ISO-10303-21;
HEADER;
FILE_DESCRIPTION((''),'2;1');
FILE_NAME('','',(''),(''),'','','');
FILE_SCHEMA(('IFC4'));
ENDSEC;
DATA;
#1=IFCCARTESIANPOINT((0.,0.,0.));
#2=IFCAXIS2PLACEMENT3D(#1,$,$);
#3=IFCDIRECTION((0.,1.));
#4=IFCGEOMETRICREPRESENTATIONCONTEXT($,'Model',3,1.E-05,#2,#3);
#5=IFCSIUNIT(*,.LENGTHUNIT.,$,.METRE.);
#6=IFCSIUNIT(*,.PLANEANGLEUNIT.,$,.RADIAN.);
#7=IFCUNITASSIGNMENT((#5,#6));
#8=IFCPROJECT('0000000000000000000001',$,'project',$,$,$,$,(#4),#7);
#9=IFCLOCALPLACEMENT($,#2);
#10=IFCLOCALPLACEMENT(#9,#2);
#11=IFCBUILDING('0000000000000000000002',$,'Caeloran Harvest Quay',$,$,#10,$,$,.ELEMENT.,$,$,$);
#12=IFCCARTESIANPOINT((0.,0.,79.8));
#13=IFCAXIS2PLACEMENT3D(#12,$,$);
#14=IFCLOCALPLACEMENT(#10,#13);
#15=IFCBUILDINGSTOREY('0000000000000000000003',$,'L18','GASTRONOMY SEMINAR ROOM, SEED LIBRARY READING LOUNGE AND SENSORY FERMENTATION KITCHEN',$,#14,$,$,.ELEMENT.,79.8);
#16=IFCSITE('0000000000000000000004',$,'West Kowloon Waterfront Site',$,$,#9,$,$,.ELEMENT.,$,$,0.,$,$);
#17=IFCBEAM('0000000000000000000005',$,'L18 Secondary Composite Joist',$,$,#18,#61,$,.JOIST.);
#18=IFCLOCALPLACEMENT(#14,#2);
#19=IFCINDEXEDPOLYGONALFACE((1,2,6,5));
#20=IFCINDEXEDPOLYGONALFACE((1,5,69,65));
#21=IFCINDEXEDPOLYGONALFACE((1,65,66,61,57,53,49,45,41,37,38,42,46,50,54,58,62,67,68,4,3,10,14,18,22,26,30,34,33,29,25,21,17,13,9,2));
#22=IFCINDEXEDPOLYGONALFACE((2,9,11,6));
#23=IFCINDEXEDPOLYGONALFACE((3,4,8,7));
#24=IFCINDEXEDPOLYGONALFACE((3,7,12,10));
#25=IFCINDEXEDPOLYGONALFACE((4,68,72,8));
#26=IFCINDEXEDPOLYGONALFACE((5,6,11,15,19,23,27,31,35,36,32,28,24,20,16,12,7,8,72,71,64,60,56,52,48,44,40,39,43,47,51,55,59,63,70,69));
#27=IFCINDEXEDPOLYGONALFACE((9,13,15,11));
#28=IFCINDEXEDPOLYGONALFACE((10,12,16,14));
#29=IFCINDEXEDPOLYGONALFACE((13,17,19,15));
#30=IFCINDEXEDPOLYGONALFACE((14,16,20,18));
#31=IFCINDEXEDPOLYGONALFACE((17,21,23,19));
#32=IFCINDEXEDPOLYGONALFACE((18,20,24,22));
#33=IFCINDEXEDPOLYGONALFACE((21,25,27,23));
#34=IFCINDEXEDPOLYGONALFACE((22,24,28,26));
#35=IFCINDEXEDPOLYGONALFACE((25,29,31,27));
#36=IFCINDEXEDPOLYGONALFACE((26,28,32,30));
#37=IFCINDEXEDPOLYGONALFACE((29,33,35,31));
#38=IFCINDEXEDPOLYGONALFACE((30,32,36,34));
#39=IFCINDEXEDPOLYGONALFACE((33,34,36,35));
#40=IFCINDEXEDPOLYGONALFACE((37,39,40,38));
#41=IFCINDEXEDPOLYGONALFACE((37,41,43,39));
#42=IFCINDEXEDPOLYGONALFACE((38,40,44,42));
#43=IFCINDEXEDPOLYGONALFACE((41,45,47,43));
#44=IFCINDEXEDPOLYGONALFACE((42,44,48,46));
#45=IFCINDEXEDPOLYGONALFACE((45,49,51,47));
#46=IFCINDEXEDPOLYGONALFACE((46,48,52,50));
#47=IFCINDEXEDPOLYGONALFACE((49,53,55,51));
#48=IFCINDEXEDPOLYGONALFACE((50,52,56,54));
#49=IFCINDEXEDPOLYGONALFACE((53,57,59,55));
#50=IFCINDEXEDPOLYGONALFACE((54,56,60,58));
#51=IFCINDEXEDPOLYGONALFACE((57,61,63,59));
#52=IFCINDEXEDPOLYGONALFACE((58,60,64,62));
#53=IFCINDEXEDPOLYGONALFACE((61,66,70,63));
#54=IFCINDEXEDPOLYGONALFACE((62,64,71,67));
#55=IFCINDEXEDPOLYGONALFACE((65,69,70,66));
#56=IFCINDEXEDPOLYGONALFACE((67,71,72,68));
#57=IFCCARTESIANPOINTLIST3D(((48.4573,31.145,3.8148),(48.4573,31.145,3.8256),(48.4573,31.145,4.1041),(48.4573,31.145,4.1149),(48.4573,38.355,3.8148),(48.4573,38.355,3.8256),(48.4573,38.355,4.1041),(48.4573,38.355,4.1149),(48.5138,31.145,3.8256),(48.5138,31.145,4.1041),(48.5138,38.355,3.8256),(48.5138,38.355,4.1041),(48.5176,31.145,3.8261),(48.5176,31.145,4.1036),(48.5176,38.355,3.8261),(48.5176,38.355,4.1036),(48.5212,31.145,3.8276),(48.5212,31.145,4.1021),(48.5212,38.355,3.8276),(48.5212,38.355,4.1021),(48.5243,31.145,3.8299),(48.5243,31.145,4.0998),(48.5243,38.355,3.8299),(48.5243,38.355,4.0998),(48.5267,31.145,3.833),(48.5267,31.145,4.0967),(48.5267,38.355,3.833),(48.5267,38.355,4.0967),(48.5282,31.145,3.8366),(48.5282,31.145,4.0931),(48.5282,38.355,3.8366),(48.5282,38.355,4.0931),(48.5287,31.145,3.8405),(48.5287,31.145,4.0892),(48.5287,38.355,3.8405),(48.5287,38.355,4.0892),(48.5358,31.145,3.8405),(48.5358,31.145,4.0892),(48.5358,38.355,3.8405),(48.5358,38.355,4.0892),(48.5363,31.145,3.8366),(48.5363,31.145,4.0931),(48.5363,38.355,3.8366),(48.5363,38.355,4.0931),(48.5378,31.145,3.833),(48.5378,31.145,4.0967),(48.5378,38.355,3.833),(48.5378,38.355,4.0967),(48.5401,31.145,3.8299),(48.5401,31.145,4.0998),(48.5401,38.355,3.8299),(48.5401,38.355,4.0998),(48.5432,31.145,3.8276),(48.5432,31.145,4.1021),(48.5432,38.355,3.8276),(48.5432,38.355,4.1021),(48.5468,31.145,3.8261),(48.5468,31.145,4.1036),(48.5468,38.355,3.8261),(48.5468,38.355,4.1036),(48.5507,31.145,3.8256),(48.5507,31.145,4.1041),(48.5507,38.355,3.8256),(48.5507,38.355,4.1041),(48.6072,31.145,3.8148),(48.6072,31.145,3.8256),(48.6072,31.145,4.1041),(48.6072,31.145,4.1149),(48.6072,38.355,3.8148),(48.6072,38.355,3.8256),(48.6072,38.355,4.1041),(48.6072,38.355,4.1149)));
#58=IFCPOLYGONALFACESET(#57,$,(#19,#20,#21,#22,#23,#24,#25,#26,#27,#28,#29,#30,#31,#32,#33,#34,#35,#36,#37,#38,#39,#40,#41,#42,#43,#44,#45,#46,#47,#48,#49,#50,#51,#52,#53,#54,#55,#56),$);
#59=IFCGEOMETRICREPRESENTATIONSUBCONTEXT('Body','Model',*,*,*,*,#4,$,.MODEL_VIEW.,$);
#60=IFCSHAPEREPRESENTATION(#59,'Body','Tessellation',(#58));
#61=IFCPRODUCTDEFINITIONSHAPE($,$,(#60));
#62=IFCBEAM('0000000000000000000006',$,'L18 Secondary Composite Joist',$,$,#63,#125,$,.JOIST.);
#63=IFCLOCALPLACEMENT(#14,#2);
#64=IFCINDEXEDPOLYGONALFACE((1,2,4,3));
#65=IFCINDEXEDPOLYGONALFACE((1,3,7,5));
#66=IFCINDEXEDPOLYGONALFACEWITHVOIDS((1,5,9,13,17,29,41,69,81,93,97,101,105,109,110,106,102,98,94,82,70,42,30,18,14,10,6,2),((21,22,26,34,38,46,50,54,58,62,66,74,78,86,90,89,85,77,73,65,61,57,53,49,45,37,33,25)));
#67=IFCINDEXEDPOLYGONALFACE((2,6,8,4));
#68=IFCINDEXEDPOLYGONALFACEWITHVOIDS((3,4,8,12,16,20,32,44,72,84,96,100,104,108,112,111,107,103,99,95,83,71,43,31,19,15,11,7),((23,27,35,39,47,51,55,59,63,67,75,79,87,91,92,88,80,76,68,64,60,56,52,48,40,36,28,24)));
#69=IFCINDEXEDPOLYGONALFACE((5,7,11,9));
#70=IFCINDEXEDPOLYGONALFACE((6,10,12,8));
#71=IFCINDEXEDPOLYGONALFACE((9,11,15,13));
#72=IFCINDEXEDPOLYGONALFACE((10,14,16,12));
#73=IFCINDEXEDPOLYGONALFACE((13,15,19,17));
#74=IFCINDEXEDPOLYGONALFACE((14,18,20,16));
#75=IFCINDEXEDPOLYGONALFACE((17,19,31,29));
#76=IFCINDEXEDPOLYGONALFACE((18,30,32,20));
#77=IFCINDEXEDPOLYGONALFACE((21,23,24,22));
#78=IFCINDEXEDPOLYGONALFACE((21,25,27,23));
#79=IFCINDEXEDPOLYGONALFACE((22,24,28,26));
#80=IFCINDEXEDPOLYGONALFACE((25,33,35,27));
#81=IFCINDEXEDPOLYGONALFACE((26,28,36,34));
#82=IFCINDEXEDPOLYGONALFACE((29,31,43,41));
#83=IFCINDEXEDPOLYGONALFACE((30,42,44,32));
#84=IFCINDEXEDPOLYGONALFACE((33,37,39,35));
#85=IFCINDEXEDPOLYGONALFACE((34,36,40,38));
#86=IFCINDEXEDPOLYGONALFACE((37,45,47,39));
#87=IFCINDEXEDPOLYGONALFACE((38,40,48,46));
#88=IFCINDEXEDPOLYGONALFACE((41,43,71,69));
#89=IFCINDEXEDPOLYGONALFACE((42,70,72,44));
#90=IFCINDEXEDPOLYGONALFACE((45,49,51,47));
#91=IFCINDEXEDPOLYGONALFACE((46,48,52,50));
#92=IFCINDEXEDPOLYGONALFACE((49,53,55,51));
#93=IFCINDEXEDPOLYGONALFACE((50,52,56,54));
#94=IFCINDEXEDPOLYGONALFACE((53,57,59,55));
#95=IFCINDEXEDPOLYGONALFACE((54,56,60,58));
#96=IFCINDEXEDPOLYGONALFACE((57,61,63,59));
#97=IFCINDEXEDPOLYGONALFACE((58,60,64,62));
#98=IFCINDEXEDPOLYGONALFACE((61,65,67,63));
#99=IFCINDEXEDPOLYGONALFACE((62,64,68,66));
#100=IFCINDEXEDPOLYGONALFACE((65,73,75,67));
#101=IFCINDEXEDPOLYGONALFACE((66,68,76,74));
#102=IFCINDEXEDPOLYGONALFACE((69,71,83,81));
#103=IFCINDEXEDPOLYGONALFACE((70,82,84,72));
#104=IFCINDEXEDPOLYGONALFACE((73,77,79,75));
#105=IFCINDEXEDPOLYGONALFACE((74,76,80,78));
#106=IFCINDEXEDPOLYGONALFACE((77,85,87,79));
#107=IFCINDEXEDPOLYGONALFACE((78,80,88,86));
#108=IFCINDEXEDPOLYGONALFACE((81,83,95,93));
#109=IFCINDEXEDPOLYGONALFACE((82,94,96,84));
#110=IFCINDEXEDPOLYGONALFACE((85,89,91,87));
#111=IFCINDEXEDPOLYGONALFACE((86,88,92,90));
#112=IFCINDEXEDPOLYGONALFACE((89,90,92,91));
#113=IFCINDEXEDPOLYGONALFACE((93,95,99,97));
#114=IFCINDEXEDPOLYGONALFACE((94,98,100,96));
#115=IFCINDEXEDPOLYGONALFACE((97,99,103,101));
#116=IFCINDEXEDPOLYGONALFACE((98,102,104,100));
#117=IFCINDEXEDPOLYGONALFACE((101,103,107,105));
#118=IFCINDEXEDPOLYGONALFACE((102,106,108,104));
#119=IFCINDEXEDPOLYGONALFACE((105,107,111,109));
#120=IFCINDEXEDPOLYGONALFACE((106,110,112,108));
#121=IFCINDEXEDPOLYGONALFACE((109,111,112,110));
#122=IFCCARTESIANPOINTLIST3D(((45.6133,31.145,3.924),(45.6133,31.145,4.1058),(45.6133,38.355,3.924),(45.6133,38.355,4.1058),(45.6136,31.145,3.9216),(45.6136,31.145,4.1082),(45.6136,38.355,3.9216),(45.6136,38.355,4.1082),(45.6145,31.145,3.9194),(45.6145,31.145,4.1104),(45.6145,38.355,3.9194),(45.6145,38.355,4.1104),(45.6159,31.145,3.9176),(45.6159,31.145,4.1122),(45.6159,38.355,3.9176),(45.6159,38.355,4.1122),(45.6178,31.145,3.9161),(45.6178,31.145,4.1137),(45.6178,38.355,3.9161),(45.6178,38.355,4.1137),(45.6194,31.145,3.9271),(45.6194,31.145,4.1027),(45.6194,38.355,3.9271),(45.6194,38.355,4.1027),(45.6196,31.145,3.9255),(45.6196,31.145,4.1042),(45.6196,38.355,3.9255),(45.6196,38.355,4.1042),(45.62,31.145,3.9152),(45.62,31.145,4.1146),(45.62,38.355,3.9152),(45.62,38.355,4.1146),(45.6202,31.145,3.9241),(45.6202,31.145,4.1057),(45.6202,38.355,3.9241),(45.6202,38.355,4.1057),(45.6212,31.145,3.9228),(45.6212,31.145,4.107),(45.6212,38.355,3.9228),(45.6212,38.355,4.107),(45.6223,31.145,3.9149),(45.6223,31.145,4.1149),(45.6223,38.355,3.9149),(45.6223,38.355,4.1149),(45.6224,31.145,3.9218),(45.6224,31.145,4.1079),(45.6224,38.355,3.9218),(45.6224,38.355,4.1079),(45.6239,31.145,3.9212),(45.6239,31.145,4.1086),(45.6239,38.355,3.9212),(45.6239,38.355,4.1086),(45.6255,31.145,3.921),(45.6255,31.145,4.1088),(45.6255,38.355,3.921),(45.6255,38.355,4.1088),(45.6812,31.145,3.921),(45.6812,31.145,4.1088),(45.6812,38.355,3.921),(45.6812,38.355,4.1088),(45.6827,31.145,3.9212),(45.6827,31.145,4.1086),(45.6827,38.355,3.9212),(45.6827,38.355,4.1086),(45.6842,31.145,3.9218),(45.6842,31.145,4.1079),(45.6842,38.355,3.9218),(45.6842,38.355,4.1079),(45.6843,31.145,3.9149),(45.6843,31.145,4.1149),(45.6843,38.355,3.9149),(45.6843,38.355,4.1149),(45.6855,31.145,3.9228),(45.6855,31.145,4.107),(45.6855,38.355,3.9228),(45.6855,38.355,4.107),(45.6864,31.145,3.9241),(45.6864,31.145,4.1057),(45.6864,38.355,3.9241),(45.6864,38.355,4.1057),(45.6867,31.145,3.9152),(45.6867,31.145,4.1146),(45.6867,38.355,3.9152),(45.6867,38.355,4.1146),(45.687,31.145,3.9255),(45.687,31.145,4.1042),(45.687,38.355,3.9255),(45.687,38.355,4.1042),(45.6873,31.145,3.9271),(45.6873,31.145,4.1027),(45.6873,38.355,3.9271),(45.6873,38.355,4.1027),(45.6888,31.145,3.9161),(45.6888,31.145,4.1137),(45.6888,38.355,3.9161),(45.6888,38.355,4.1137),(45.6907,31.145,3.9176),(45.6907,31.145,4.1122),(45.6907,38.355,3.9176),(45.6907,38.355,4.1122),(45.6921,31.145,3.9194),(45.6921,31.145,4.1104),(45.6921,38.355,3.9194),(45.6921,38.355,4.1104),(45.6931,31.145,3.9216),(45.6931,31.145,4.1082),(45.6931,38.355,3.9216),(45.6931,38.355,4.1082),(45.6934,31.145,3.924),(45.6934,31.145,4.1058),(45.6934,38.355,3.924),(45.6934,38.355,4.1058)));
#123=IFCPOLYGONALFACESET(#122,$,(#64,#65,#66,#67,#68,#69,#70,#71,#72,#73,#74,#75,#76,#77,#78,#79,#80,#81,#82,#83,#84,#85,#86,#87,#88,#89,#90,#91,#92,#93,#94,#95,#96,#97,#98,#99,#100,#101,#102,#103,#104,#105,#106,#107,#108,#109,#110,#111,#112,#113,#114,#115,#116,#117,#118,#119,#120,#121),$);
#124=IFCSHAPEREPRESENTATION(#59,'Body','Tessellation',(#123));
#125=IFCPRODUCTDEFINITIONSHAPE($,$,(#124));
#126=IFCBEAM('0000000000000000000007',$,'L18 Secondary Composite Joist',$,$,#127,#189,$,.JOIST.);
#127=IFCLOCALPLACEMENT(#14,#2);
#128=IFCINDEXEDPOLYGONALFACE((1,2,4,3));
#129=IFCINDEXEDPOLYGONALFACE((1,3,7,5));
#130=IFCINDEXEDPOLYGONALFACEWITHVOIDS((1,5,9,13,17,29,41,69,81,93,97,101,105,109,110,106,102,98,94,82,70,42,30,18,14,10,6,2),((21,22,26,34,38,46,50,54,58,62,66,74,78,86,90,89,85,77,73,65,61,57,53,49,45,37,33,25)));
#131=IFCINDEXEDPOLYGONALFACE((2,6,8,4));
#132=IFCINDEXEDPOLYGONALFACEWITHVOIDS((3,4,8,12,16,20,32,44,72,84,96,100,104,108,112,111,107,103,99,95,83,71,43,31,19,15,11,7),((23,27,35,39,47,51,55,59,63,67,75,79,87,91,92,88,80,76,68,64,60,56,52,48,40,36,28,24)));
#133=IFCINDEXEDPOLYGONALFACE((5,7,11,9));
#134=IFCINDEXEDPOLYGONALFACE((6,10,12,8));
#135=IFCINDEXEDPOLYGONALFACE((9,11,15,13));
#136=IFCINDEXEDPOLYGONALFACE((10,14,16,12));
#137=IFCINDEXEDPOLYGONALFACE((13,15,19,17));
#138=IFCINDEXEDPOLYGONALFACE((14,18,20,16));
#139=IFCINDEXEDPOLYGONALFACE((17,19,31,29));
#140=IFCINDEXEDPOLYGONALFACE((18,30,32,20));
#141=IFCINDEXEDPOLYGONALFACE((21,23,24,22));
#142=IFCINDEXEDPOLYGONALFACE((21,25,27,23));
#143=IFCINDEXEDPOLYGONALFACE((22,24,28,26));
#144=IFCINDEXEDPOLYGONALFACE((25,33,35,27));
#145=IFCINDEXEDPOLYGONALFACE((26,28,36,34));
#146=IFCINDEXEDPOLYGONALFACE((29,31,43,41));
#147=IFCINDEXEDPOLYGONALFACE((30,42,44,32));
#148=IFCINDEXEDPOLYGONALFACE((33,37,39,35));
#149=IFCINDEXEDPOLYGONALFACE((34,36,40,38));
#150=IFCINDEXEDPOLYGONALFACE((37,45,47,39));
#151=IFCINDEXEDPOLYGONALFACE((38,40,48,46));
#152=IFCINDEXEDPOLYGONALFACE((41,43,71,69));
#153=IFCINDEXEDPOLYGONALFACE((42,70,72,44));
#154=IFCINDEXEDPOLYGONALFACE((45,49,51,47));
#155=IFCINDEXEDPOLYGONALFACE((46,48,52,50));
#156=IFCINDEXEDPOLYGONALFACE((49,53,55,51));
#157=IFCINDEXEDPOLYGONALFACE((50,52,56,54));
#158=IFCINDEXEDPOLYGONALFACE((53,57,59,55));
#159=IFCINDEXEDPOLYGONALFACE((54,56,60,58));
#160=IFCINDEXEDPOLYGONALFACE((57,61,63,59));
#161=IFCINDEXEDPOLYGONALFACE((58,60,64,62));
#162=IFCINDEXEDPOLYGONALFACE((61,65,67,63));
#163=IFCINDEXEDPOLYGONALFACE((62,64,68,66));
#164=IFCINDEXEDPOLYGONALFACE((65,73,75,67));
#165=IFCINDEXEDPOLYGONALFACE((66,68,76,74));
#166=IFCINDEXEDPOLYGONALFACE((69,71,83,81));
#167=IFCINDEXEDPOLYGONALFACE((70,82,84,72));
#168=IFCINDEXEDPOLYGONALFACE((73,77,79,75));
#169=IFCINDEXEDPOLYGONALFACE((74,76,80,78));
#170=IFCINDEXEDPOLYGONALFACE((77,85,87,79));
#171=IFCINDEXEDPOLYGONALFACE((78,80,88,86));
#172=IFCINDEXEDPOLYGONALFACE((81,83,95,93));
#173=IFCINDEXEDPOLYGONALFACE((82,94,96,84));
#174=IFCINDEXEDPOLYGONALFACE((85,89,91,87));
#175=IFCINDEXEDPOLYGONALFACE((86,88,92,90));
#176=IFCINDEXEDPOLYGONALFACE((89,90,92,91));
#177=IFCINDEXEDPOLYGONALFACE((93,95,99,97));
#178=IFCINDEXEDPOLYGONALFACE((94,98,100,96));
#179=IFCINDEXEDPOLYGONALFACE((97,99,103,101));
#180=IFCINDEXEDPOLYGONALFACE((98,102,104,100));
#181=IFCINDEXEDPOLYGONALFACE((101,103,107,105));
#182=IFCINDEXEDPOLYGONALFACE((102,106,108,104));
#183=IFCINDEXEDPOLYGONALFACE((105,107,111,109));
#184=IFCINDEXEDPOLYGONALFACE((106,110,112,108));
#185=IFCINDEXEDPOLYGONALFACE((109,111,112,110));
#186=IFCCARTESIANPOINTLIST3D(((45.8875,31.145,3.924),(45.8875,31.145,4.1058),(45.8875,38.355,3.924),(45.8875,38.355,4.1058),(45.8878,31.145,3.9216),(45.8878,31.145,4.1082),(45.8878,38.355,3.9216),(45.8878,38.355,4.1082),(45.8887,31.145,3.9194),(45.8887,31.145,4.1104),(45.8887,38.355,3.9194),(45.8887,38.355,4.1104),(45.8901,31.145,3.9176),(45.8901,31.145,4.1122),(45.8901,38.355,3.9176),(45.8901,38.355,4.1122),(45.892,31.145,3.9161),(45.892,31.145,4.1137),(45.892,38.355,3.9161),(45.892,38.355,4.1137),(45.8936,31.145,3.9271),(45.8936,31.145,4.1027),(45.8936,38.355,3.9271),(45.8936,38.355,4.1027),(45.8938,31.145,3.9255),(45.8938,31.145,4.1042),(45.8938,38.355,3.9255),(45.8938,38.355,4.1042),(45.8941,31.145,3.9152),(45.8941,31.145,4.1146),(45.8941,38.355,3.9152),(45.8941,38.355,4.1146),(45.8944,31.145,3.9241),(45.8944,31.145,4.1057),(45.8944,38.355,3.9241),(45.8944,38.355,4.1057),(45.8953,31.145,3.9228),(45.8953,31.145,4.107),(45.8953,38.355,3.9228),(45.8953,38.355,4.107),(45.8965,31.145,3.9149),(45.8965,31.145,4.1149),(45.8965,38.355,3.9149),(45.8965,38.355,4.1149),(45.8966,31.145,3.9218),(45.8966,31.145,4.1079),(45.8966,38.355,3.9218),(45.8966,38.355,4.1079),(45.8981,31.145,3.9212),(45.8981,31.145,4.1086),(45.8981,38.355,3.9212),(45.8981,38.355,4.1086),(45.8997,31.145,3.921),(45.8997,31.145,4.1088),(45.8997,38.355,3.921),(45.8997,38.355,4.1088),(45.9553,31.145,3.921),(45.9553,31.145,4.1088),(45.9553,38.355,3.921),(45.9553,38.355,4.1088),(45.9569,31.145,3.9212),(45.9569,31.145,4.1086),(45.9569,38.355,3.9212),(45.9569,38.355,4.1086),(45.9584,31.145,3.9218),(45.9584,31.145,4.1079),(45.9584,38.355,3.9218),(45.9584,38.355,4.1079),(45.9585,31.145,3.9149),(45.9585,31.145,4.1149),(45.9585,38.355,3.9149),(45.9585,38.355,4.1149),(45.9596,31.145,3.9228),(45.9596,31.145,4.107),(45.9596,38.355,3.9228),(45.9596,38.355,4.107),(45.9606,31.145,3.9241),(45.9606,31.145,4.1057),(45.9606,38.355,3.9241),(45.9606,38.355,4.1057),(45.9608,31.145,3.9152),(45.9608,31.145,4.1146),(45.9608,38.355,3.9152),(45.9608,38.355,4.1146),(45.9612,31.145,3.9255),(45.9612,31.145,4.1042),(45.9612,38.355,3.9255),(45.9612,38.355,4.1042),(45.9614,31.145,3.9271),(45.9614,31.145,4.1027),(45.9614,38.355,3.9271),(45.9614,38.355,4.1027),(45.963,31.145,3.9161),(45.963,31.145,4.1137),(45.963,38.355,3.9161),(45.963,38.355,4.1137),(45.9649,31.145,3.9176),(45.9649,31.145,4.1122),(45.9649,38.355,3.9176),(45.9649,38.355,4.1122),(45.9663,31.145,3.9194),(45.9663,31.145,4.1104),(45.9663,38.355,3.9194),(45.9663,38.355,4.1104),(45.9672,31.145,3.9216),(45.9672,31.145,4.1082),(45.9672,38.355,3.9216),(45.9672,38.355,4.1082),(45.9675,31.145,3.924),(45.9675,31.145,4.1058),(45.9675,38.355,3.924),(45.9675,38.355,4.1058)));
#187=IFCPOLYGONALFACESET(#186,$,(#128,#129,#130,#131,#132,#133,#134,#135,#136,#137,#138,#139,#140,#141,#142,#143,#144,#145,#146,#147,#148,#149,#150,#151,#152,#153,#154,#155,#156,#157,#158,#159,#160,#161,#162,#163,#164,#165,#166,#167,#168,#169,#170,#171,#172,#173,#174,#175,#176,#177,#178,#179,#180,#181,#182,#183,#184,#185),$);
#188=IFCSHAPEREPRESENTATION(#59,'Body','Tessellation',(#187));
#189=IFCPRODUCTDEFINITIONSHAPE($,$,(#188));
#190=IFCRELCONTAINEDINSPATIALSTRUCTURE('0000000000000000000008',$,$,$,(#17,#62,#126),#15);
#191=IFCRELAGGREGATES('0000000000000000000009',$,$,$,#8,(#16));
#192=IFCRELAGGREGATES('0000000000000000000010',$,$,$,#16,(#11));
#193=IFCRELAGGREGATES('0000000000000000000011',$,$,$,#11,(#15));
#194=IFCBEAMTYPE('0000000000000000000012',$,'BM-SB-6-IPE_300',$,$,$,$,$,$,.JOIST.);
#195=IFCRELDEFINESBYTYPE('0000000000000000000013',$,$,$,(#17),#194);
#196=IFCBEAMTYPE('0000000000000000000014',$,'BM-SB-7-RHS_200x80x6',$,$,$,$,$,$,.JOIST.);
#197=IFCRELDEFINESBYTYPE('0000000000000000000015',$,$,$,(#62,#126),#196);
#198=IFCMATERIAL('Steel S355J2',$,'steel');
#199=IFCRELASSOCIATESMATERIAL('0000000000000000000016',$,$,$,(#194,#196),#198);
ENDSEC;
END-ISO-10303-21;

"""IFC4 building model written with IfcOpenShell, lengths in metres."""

from ifc_helpers import new_model, si_unit, direction, frame, origin, origin_2d, place, context, subcontext, project, spatial, hollow_rectangle, i_section, extrude, material, material_profile, profile_set, type_object, element, save


model = new_model("IFC4")

# Units and contexts
model_context = context("Model", 3, precision=1e-05, world=origin(), true_north=direction((0.0, 1.0)))
body_context = subcontext(model_context, "Body", "Model", "MODEL_VIEW")
ifc_project = project(units=[si_unit("LENGTHUNIT", "METRE"), si_unit("PLANEANGLEUNIT", "RADIAN")], contexts=[model_context])

# Site, building, storey
site_placement = place(None, origin())
site = spatial("IfcSite", under=ifc_project, at=site_placement, Name="West Kowloon Waterfront Site", CompositionType="ELEMENT", RefElevation=0.0)
building_placement = place(site_placement, origin())
building = spatial("IfcBuilding", under=site, at=building_placement, Name="Caeloran Harvest Quay", CompositionType="ELEMENT")
storey_placement = place(building_placement, frame((0.0, 0.0, 79.8)))
storey = spatial("IfcBuildingStorey", under=building, at=storey_placement, Name="L18", Description="GASTRONOMY SEMINAR ROOM, SEED LIBRARY READING LOUNGE AND SENSORY FERMENTATION KITCHEN", CompositionType="ELEMENT", Elevation=79.8)

# Beams
ifc_material_1 = material(Name="Steel S355J2", Category="steel")
ifc_material_profile_1 = material_profile(ifc_material_1, i_section(OverallWidth=0.1499, OverallDepth=0.3, WebThickness=0.0071, FlangeThickness=0.0107, FilletRadius=0.0149, at=origin_2d()), Name="IPE 300")
ifc_profile_set_1 = profile_set([ifc_material_profile_1], Name="Steel S355J2")
beam_type_1 = type_object("IfcBeamType", Name="BM-SB-6-IPE_300", PredefinedType="JOIST", material=ifc_profile_set_1)
for number, where, z_axis, x_axis, name in (
    (1, (48.5322, 31.145, 3.9648), (0.0, 1.0, 0.0), (-1.0, 0.0, 0.0), "L18 Secondary Composite Joist"),
):
    element("IfcBeam", number, at=place(storey_placement, frame(where, z_axis=z_axis, x_axis=x_axis)), inside=storey, type_object=beam_type_1, Name=name, PredefinedType="JOIST", context=body_context, shape_type="SweptSolid", body=[
        extrude(i_section(OverallWidth=0.1499, OverallDepth=0.3, WebThickness=0.0071, FlangeThickness=0.0107, FilletRadius=0.0149, at=origin_2d()), origin(), (0.0, 0.0, 1.0), 7.21),
    ])
ifc_material_profile_2 = material_profile(ifc_material_1, hollow_rectangle(XDim=0.0801, YDim=0.2, WallThickness=0.0061, InnerFilletRadius=0.0061, OuterFilletRadius=0.009, at=origin_2d()), Name="RHS 200x80x6")
ifc_profile_set_2 = profile_set([ifc_material_profile_2], Name="Steel S355J2")
beam_type_2 = type_object("IfcBeamType", Name="BM-SB-7-RHS_200x80x6", PredefinedType="JOIST", material=ifc_profile_set_2)
for number, where, z_axis, x_axis, name in (
    (2, (45.6533, 31.145, 4.0149), (0.0, 1.0, 0.0), (-1.0, 0.0, 0.0), "L18 Secondary Composite Joist"),
    (3, (45.9275, 31.145, 4.0149), (0.0, 1.0, 0.0), (-1.0, 0.0, 0.0), "L18 Secondary Composite Joist"),
):
    element("IfcBeam", number, at=place(storey_placement, frame(where, z_axis=z_axis, x_axis=x_axis)), inside=storey, type_object=beam_type_2, Name=name, PredefinedType="JOIST", context=body_context, shape_type="SweptSolid", body=[
        extrude(hollow_rectangle(XDim=0.0801, YDim=0.2, WallThickness=0.0061, InnerFilletRadius=0.0061, OuterFilletRadius=0.009, at=origin_2d()), origin(), (0.0, 0.0, 1.0), 7.21),
    ])

save(model, "model.ifc")
